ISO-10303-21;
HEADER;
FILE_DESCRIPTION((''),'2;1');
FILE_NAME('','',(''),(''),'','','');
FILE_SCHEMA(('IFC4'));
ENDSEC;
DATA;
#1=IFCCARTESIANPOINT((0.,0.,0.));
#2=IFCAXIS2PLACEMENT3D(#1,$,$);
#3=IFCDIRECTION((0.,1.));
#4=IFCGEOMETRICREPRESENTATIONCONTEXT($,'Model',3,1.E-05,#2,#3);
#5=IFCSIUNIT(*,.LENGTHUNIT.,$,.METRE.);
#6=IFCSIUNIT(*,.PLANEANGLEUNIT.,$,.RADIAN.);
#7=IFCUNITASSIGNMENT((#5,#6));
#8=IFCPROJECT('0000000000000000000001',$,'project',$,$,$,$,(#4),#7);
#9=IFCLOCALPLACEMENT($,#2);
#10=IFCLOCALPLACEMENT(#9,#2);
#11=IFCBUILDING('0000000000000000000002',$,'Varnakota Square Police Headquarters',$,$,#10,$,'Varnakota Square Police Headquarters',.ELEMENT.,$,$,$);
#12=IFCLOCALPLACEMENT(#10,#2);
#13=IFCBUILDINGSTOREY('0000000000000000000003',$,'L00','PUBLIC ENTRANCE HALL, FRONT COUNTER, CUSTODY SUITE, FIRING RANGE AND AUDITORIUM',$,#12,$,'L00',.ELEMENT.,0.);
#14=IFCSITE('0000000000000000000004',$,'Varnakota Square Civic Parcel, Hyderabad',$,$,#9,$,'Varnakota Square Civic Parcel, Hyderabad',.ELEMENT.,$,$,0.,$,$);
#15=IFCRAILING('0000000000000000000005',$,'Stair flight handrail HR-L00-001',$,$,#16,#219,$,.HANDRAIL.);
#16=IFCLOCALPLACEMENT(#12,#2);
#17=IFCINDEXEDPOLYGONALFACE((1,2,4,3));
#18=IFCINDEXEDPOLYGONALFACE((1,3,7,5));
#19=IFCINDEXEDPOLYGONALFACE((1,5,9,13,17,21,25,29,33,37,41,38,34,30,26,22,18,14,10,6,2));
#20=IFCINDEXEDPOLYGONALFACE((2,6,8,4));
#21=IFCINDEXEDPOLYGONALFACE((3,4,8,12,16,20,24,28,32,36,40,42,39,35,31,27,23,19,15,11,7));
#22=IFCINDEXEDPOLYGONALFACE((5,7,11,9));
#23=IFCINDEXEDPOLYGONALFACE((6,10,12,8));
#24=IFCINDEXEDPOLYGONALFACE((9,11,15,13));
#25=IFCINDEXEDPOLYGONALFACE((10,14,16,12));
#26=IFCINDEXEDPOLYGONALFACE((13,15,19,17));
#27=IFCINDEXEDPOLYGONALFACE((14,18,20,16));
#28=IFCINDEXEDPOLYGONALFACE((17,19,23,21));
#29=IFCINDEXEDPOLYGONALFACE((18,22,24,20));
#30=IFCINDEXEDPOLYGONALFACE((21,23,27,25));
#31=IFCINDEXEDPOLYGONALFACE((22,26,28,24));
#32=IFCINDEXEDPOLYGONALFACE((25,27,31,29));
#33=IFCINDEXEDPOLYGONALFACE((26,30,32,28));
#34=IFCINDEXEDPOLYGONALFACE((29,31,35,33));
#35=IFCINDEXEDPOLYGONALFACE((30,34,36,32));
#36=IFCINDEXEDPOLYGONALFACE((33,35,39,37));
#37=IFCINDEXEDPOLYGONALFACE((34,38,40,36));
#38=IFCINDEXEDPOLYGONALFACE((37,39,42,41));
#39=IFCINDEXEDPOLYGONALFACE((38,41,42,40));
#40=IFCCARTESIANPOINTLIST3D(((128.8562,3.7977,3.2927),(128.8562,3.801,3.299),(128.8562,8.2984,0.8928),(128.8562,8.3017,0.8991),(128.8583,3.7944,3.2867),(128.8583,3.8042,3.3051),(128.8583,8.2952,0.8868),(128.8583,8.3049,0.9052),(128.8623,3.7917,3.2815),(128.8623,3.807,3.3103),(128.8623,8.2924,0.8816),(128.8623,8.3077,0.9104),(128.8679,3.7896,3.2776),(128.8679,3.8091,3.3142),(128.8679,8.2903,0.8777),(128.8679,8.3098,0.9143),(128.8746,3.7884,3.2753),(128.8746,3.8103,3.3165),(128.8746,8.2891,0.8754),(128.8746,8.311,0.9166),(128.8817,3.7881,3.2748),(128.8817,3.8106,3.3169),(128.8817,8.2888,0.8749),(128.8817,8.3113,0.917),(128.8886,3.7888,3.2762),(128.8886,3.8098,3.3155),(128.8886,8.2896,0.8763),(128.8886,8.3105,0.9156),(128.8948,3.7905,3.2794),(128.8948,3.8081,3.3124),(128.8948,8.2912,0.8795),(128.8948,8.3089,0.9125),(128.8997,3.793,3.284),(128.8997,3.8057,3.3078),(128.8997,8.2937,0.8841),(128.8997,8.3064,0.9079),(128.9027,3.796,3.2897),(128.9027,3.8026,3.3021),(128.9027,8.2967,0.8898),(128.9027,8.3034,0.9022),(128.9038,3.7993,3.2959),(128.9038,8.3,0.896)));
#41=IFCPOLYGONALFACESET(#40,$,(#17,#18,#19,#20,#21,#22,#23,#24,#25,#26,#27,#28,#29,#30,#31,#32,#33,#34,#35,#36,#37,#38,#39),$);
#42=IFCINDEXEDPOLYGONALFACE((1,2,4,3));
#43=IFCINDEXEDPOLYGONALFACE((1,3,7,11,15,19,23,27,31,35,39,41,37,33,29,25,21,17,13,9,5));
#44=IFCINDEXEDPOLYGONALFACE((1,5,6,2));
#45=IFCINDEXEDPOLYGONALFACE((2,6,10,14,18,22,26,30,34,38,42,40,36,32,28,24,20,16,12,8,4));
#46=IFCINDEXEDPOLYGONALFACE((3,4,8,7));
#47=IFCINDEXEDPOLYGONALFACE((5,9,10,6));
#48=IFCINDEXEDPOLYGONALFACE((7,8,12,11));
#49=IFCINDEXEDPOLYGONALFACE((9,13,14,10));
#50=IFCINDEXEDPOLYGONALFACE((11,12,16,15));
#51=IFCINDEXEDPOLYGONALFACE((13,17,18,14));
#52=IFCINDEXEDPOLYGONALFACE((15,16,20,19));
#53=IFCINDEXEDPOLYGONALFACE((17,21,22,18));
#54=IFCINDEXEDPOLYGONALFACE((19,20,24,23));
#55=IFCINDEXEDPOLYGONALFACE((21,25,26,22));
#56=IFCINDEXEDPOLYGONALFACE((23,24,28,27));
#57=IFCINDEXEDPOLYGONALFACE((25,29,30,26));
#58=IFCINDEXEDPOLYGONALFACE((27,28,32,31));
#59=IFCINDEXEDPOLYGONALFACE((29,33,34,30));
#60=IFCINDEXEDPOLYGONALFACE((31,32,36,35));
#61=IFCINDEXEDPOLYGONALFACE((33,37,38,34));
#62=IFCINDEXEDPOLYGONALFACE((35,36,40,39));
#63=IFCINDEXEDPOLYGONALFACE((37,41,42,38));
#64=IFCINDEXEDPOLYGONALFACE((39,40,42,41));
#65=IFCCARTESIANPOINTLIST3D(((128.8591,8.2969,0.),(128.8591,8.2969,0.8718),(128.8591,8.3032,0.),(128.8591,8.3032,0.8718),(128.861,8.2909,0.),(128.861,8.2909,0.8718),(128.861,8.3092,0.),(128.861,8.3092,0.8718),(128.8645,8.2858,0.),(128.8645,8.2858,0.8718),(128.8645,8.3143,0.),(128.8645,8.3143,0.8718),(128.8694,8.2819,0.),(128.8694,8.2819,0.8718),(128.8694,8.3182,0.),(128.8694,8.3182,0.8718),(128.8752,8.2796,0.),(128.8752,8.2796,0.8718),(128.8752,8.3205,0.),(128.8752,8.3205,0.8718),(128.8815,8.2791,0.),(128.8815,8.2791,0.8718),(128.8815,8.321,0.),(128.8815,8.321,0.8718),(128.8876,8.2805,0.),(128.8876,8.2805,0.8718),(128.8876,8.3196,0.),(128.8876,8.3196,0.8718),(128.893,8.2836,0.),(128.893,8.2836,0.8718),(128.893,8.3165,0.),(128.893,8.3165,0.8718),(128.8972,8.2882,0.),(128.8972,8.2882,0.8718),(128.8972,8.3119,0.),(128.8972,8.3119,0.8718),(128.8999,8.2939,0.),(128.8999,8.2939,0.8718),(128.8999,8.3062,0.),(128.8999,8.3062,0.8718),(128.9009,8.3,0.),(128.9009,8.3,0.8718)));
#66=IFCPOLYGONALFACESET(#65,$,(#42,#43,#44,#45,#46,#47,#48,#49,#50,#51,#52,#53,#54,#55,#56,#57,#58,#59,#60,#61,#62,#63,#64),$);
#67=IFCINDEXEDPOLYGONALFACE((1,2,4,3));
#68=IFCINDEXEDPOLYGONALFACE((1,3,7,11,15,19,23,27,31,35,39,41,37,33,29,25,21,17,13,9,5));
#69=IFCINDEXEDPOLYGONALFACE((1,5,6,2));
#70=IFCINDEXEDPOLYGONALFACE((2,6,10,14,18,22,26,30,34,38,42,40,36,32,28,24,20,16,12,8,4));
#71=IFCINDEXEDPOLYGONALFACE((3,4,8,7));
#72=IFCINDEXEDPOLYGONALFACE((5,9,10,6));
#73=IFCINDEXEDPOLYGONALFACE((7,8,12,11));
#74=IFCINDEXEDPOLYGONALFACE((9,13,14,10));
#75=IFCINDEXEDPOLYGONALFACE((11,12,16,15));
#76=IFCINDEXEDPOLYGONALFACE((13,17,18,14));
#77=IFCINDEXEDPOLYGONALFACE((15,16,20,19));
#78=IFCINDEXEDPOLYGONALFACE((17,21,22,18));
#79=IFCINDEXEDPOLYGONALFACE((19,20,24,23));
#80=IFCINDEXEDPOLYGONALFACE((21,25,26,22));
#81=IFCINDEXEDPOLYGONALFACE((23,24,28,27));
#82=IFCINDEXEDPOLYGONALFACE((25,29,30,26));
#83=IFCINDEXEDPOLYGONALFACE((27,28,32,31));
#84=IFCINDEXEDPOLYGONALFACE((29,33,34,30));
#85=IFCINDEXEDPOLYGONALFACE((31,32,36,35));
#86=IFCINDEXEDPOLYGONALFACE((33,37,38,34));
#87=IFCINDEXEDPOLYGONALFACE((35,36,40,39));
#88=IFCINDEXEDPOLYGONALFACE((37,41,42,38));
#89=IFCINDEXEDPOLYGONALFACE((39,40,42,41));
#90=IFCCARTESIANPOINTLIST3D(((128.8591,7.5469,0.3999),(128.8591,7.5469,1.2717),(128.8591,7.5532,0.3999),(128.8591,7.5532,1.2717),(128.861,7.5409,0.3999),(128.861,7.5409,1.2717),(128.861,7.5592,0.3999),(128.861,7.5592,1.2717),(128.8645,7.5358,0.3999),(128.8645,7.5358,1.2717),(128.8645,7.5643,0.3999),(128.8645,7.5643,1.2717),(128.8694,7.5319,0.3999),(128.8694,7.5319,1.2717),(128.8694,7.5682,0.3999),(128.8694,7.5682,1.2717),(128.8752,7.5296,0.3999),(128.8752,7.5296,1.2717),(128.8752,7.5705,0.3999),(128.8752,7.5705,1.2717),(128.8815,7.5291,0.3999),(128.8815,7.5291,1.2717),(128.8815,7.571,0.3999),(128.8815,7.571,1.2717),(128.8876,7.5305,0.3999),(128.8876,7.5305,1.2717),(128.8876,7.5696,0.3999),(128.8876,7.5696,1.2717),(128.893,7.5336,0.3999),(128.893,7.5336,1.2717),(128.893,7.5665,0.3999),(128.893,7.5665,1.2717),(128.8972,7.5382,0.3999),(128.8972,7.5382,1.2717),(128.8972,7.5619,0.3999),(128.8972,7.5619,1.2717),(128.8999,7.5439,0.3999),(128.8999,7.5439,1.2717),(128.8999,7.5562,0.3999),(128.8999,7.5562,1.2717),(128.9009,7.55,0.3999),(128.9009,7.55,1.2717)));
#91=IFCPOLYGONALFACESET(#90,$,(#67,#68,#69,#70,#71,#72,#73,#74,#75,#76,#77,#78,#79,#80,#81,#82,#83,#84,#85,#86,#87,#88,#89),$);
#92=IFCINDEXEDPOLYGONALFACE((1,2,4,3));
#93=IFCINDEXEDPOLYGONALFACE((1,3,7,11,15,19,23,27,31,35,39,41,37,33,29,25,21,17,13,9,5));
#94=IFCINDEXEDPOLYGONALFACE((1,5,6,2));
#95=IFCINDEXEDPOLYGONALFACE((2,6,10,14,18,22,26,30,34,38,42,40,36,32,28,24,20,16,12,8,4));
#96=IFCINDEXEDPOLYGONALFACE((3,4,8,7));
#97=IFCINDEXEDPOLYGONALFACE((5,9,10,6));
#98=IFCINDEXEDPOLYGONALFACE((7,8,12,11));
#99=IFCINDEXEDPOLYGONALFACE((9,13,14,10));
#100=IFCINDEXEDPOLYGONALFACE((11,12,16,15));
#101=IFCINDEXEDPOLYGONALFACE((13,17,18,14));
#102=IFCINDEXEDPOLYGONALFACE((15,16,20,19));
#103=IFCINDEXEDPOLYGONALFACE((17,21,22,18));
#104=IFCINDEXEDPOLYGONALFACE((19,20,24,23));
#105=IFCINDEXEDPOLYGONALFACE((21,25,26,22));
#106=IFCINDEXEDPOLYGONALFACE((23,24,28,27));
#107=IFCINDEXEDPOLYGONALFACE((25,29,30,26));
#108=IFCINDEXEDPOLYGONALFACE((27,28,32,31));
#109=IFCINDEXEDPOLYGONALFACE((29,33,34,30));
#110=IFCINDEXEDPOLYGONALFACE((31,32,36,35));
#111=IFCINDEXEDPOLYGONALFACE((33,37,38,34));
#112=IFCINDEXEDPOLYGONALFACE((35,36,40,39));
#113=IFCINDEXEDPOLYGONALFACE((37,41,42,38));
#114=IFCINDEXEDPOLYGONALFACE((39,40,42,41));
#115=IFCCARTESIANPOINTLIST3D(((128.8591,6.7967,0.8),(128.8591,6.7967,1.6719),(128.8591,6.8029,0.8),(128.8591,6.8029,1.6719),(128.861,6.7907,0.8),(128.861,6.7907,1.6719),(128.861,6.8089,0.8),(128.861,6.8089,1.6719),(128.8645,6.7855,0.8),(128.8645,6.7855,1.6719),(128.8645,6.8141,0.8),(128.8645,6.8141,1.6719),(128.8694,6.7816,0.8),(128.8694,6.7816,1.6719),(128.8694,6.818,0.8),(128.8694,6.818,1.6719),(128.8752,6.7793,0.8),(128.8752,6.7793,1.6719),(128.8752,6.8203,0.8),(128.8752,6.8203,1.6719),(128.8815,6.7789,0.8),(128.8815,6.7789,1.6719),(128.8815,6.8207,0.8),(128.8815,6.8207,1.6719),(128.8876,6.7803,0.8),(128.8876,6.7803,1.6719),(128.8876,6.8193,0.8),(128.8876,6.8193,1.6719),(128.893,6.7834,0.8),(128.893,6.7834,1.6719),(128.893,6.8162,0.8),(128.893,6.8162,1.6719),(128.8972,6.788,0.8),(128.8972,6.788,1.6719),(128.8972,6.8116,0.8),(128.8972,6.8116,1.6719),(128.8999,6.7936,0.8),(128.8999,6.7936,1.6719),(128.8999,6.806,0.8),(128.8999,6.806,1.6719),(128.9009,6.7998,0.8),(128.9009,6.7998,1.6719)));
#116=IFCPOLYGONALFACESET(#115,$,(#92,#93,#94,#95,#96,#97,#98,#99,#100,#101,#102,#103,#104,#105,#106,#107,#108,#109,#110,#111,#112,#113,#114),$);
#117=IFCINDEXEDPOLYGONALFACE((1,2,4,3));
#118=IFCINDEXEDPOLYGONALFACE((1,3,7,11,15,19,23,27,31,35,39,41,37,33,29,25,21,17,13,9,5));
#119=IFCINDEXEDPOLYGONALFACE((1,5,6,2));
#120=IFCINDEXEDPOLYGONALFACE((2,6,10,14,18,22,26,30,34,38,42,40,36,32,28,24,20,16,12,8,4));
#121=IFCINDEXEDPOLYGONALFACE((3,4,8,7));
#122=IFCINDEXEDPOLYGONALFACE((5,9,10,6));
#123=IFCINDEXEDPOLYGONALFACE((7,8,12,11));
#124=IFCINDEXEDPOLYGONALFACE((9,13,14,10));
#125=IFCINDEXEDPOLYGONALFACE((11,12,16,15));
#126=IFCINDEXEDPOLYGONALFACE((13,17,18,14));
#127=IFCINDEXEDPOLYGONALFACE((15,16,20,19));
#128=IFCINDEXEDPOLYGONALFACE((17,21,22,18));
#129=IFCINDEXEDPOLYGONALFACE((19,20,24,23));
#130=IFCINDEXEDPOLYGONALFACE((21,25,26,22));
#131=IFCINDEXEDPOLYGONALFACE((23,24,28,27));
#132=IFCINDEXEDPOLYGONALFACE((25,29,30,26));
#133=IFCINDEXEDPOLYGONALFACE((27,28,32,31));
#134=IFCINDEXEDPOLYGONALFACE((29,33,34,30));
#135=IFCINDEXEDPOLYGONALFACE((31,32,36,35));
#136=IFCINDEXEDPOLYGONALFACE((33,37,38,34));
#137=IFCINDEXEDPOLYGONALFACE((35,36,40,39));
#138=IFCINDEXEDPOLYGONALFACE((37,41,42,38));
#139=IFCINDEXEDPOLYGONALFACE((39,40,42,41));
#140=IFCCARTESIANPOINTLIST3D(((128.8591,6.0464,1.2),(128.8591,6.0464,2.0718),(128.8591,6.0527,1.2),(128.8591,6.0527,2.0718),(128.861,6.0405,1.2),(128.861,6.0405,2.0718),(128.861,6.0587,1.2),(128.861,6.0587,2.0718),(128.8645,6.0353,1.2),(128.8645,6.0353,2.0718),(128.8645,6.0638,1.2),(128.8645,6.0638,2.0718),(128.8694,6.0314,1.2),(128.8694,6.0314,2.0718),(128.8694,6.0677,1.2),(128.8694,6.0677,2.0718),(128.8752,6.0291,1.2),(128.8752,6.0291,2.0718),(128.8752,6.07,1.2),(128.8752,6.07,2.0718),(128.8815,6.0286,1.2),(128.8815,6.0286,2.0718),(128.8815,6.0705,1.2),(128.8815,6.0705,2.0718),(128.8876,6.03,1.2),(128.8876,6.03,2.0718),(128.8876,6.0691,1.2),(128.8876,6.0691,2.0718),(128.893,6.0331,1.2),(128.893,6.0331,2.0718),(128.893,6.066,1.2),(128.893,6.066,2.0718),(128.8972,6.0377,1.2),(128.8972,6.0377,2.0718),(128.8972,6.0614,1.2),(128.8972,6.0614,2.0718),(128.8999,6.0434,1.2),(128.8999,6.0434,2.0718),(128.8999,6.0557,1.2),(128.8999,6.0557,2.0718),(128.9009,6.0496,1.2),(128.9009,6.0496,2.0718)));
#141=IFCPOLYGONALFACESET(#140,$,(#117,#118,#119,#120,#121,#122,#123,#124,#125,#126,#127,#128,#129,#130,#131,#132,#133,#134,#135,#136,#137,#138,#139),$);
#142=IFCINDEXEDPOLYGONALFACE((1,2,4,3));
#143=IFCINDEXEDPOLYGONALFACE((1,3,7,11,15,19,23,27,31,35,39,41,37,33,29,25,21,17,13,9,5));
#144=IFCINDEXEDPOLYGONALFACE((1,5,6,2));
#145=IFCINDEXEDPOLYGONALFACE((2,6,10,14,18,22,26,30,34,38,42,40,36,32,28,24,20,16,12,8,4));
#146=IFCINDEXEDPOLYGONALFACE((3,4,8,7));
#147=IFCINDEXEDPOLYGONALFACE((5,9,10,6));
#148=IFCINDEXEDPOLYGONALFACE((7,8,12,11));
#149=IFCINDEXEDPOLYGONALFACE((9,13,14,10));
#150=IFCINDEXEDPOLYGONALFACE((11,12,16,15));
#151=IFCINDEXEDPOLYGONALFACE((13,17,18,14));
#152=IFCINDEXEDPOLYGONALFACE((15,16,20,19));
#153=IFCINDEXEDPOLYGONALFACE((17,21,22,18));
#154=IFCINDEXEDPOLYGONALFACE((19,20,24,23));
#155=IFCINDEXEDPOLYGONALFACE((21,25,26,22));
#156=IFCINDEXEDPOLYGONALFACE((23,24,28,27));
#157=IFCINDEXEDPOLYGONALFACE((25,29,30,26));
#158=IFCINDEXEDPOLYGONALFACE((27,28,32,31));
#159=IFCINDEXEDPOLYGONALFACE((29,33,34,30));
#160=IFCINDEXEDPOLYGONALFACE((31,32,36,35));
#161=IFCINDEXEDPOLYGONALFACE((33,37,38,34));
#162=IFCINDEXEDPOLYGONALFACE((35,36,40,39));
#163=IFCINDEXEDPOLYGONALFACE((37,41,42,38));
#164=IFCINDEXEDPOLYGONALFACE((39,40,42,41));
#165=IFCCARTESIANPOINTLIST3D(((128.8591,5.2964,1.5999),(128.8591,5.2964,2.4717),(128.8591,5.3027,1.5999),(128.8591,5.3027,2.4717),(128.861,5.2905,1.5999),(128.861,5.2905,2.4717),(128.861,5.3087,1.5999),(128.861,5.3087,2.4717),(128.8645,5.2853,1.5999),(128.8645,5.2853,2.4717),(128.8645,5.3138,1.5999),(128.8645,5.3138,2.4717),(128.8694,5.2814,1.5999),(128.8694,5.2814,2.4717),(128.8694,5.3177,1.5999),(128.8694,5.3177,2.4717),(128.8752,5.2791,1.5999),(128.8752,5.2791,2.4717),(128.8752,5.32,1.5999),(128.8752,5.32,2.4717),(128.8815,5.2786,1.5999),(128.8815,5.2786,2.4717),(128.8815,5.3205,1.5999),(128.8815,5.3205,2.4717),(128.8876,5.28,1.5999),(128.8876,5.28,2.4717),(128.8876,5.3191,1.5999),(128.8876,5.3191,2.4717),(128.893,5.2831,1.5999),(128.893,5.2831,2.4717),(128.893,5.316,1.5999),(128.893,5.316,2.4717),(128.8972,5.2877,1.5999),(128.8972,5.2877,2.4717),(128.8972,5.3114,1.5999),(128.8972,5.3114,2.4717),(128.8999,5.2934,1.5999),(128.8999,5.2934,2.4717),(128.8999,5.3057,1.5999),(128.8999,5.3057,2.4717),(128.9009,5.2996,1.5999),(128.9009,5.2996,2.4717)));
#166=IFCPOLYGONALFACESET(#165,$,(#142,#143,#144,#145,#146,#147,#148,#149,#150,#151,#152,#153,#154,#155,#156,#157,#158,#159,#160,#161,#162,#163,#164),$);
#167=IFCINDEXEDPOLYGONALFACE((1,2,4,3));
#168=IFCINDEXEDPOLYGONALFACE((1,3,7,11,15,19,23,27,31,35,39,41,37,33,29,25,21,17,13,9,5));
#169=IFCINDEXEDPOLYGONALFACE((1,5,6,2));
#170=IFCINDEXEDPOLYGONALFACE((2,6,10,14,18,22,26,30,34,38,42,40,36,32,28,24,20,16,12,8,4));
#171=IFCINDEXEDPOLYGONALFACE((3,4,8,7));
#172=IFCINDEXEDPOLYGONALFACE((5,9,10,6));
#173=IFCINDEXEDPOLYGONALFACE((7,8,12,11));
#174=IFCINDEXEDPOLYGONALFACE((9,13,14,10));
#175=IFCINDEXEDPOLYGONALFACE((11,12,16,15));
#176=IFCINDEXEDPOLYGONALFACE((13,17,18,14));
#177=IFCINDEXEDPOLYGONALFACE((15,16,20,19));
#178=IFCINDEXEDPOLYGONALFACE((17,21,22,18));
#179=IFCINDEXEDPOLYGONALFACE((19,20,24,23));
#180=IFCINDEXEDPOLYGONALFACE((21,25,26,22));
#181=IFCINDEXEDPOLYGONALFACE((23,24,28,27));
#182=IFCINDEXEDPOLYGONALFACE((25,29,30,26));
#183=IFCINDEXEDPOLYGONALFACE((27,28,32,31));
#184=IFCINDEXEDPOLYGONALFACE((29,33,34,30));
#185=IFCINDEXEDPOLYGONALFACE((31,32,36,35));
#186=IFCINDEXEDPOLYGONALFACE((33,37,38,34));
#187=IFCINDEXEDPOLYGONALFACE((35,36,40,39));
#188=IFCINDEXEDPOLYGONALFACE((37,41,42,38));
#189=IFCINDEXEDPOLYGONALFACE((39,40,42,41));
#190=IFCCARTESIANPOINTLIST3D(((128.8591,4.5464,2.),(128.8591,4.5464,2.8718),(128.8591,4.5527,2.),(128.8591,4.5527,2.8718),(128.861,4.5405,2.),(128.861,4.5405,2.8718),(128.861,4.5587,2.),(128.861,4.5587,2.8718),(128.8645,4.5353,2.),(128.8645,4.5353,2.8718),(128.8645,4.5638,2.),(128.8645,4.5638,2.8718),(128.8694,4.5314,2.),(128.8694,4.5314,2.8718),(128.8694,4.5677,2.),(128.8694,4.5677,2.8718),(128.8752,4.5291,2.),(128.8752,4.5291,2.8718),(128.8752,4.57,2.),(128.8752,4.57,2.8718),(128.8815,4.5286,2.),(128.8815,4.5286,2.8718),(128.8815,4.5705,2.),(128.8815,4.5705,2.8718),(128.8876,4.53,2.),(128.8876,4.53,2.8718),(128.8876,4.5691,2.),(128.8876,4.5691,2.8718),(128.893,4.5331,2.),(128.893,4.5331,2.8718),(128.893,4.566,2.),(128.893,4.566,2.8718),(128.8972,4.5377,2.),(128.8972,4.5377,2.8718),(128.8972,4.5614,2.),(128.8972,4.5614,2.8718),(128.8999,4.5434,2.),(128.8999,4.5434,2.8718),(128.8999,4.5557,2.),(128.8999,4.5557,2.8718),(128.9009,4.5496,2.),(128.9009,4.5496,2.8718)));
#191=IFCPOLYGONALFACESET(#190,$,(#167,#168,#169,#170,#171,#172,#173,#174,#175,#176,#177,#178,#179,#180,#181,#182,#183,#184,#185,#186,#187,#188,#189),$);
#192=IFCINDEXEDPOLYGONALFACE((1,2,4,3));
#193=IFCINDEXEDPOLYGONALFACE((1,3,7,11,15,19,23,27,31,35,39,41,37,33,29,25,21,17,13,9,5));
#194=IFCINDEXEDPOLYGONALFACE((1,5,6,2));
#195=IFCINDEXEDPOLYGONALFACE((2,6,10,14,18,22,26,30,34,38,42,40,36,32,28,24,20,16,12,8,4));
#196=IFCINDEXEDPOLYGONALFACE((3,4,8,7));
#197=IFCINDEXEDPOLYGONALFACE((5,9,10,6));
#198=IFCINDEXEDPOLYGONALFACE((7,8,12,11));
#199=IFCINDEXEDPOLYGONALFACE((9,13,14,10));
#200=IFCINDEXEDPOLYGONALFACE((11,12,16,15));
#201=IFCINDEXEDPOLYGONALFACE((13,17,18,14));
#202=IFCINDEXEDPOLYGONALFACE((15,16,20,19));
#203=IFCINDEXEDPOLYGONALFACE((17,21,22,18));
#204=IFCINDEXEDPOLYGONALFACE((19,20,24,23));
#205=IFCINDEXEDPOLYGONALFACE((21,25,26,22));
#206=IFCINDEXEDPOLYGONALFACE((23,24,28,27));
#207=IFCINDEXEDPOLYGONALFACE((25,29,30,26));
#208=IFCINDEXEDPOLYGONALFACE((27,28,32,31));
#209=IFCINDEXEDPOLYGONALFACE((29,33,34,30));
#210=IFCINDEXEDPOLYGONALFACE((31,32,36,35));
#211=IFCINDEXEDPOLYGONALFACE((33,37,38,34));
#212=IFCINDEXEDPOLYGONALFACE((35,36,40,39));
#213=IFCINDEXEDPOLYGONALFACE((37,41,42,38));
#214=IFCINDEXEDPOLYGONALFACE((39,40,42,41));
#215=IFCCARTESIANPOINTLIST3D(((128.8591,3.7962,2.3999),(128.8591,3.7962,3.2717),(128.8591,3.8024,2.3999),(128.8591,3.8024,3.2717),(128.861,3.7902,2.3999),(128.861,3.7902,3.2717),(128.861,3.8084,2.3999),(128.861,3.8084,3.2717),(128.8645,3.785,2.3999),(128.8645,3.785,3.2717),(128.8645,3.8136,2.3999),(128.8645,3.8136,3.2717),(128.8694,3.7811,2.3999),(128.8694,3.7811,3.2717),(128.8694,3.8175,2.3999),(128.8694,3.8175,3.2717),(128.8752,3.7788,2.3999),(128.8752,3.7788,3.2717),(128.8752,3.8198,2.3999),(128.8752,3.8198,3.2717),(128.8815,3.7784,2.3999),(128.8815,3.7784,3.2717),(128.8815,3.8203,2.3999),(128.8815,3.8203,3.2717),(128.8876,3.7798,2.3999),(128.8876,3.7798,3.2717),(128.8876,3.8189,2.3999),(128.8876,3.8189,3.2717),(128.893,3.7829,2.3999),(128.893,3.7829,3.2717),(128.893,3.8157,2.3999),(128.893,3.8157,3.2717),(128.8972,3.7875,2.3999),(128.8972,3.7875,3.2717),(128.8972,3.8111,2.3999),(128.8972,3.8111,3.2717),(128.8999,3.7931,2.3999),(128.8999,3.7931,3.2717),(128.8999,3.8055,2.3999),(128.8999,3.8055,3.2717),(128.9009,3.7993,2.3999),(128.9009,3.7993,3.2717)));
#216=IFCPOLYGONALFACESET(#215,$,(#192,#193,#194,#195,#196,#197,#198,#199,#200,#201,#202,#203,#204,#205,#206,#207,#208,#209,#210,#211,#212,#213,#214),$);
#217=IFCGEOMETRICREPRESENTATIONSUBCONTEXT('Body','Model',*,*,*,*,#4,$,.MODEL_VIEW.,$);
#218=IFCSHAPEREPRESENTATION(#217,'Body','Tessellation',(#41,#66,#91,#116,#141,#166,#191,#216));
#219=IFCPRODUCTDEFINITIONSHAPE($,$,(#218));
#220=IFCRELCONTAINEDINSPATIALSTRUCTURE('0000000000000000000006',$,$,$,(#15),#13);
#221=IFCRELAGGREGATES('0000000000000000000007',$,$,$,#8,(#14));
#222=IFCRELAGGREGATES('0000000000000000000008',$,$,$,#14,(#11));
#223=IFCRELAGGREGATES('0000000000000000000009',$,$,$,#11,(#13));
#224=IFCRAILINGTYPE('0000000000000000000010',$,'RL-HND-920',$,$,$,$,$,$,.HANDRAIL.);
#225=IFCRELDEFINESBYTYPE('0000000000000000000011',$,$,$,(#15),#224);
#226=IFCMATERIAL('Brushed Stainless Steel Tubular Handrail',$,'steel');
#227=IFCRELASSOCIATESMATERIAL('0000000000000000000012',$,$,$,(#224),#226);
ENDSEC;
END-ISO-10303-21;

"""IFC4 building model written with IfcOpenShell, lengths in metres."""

from ifc_helpers import new_model, si_unit, direction, frame, origin, origin_2d, place, context, subcontext, project, spatial, circle, extrude, material, type_object, element, save


model = new_model("IFC4")

# Units and contexts
model_context = context("Model", 3, precision=1e-05, world=origin(), true_north=direction((0.0, 1.0)))
body_context = subcontext(model_context, "Body", "Model", "MODEL_VIEW")
ifc_project = project(units=[si_unit("LENGTHUNIT", "METRE"), si_unit("PLANEANGLEUNIT", "RADIAN")], contexts=[model_context])

# Site, building, storey
site_placement = place(None, origin())
site = spatial("IfcSite", under=ifc_project, at=site_placement, Name="Varnakota Square Civic Parcel, Hyderabad", LongName="Varnakota Square Civic Parcel, Hyderabad", CompositionType="ELEMENT", RefElevation=0.0)
building_placement = place(site_placement, origin())
building = spatial("IfcBuilding", under=site, at=building_placement, Name="Varnakota Square Police Headquarters", LongName="Varnakota Square Police Headquarters", CompositionType="ELEMENT")
storey_placement = place(building_placement, origin())
storey = spatial("IfcBuildingStorey", under=building, at=storey_placement, Name="L00", Description="PUBLIC ENTRANCE HALL, FRONT COUNTER, CUSTODY SUITE, FIRING RANGE AND AUDITORIUM", LongName="L00", CompositionType="ELEMENT", Elevation=0.0)

# Railing
ifc_material_1 = material(Name="Brushed Stainless Steel Tubular Handrail", Category="steel")
railing_type_1 = type_object("IfcRailingType", Name="RL-HND-920", PredefinedType="HANDRAIL", material=ifc_material_1)
railing_1_placement = place(storey_placement, frame((128.8799, 8.3, 0.0)))
element("IfcRailing", 1, at=railing_1_placement, inside=storey, type_object=railing_type_1, Name="Stair flight handrail HR-L00-001", PredefinedType="HANDRAIL", context=body_context, shape_type="SweptSolid", body=[
    extrude(circle(Radius=0.0239, at=origin_2d()), frame((0.0, 0.0, 0.896), z_axis=(0.0, -0.882393, 0.470514), x_axis=(1.0, 0.0, 0.0)), (0.0, 0.0, 1.0), 5.1006),
    extrude(circle(Radius=0.021, at=origin_2d()), origin(), (0.0, 0.0, 1.0), 0.8718),
    extrude(circle(Radius=0.021, at=origin_2d()), frame((0.0, -0.75, 0.3999)), (0.0, 0.0, 1.0), 0.8718),
    extrude(circle(Radius=0.021, at=origin_2d()), frame((0.0, -1.5002, 0.8)), (0.0, 0.0, 1.0), 0.8718),
    extrude(circle(Radius=0.021, at=origin_2d()), frame((0.0, -2.2505, 1.2)), (0.0, 0.0, 1.0), 0.8718),
    extrude(circle(Radius=0.021, at=origin_2d()), frame((0.0, -3.0005, 1.5999)), (0.0, 0.0, 1.0), 0.8718),
    extrude(circle(Radius=0.021, at=origin_2d()), frame((0.0, -3.7505, 2.0)), (0.0, 0.0, 1.0), 0.8718),
    extrude(circle(Radius=0.021, at=origin_2d()), frame((0.0, -4.5007, 2.3999)), (0.0, 0.0, 1.0), 0.8718),
])

save(model, "model.ifc")
